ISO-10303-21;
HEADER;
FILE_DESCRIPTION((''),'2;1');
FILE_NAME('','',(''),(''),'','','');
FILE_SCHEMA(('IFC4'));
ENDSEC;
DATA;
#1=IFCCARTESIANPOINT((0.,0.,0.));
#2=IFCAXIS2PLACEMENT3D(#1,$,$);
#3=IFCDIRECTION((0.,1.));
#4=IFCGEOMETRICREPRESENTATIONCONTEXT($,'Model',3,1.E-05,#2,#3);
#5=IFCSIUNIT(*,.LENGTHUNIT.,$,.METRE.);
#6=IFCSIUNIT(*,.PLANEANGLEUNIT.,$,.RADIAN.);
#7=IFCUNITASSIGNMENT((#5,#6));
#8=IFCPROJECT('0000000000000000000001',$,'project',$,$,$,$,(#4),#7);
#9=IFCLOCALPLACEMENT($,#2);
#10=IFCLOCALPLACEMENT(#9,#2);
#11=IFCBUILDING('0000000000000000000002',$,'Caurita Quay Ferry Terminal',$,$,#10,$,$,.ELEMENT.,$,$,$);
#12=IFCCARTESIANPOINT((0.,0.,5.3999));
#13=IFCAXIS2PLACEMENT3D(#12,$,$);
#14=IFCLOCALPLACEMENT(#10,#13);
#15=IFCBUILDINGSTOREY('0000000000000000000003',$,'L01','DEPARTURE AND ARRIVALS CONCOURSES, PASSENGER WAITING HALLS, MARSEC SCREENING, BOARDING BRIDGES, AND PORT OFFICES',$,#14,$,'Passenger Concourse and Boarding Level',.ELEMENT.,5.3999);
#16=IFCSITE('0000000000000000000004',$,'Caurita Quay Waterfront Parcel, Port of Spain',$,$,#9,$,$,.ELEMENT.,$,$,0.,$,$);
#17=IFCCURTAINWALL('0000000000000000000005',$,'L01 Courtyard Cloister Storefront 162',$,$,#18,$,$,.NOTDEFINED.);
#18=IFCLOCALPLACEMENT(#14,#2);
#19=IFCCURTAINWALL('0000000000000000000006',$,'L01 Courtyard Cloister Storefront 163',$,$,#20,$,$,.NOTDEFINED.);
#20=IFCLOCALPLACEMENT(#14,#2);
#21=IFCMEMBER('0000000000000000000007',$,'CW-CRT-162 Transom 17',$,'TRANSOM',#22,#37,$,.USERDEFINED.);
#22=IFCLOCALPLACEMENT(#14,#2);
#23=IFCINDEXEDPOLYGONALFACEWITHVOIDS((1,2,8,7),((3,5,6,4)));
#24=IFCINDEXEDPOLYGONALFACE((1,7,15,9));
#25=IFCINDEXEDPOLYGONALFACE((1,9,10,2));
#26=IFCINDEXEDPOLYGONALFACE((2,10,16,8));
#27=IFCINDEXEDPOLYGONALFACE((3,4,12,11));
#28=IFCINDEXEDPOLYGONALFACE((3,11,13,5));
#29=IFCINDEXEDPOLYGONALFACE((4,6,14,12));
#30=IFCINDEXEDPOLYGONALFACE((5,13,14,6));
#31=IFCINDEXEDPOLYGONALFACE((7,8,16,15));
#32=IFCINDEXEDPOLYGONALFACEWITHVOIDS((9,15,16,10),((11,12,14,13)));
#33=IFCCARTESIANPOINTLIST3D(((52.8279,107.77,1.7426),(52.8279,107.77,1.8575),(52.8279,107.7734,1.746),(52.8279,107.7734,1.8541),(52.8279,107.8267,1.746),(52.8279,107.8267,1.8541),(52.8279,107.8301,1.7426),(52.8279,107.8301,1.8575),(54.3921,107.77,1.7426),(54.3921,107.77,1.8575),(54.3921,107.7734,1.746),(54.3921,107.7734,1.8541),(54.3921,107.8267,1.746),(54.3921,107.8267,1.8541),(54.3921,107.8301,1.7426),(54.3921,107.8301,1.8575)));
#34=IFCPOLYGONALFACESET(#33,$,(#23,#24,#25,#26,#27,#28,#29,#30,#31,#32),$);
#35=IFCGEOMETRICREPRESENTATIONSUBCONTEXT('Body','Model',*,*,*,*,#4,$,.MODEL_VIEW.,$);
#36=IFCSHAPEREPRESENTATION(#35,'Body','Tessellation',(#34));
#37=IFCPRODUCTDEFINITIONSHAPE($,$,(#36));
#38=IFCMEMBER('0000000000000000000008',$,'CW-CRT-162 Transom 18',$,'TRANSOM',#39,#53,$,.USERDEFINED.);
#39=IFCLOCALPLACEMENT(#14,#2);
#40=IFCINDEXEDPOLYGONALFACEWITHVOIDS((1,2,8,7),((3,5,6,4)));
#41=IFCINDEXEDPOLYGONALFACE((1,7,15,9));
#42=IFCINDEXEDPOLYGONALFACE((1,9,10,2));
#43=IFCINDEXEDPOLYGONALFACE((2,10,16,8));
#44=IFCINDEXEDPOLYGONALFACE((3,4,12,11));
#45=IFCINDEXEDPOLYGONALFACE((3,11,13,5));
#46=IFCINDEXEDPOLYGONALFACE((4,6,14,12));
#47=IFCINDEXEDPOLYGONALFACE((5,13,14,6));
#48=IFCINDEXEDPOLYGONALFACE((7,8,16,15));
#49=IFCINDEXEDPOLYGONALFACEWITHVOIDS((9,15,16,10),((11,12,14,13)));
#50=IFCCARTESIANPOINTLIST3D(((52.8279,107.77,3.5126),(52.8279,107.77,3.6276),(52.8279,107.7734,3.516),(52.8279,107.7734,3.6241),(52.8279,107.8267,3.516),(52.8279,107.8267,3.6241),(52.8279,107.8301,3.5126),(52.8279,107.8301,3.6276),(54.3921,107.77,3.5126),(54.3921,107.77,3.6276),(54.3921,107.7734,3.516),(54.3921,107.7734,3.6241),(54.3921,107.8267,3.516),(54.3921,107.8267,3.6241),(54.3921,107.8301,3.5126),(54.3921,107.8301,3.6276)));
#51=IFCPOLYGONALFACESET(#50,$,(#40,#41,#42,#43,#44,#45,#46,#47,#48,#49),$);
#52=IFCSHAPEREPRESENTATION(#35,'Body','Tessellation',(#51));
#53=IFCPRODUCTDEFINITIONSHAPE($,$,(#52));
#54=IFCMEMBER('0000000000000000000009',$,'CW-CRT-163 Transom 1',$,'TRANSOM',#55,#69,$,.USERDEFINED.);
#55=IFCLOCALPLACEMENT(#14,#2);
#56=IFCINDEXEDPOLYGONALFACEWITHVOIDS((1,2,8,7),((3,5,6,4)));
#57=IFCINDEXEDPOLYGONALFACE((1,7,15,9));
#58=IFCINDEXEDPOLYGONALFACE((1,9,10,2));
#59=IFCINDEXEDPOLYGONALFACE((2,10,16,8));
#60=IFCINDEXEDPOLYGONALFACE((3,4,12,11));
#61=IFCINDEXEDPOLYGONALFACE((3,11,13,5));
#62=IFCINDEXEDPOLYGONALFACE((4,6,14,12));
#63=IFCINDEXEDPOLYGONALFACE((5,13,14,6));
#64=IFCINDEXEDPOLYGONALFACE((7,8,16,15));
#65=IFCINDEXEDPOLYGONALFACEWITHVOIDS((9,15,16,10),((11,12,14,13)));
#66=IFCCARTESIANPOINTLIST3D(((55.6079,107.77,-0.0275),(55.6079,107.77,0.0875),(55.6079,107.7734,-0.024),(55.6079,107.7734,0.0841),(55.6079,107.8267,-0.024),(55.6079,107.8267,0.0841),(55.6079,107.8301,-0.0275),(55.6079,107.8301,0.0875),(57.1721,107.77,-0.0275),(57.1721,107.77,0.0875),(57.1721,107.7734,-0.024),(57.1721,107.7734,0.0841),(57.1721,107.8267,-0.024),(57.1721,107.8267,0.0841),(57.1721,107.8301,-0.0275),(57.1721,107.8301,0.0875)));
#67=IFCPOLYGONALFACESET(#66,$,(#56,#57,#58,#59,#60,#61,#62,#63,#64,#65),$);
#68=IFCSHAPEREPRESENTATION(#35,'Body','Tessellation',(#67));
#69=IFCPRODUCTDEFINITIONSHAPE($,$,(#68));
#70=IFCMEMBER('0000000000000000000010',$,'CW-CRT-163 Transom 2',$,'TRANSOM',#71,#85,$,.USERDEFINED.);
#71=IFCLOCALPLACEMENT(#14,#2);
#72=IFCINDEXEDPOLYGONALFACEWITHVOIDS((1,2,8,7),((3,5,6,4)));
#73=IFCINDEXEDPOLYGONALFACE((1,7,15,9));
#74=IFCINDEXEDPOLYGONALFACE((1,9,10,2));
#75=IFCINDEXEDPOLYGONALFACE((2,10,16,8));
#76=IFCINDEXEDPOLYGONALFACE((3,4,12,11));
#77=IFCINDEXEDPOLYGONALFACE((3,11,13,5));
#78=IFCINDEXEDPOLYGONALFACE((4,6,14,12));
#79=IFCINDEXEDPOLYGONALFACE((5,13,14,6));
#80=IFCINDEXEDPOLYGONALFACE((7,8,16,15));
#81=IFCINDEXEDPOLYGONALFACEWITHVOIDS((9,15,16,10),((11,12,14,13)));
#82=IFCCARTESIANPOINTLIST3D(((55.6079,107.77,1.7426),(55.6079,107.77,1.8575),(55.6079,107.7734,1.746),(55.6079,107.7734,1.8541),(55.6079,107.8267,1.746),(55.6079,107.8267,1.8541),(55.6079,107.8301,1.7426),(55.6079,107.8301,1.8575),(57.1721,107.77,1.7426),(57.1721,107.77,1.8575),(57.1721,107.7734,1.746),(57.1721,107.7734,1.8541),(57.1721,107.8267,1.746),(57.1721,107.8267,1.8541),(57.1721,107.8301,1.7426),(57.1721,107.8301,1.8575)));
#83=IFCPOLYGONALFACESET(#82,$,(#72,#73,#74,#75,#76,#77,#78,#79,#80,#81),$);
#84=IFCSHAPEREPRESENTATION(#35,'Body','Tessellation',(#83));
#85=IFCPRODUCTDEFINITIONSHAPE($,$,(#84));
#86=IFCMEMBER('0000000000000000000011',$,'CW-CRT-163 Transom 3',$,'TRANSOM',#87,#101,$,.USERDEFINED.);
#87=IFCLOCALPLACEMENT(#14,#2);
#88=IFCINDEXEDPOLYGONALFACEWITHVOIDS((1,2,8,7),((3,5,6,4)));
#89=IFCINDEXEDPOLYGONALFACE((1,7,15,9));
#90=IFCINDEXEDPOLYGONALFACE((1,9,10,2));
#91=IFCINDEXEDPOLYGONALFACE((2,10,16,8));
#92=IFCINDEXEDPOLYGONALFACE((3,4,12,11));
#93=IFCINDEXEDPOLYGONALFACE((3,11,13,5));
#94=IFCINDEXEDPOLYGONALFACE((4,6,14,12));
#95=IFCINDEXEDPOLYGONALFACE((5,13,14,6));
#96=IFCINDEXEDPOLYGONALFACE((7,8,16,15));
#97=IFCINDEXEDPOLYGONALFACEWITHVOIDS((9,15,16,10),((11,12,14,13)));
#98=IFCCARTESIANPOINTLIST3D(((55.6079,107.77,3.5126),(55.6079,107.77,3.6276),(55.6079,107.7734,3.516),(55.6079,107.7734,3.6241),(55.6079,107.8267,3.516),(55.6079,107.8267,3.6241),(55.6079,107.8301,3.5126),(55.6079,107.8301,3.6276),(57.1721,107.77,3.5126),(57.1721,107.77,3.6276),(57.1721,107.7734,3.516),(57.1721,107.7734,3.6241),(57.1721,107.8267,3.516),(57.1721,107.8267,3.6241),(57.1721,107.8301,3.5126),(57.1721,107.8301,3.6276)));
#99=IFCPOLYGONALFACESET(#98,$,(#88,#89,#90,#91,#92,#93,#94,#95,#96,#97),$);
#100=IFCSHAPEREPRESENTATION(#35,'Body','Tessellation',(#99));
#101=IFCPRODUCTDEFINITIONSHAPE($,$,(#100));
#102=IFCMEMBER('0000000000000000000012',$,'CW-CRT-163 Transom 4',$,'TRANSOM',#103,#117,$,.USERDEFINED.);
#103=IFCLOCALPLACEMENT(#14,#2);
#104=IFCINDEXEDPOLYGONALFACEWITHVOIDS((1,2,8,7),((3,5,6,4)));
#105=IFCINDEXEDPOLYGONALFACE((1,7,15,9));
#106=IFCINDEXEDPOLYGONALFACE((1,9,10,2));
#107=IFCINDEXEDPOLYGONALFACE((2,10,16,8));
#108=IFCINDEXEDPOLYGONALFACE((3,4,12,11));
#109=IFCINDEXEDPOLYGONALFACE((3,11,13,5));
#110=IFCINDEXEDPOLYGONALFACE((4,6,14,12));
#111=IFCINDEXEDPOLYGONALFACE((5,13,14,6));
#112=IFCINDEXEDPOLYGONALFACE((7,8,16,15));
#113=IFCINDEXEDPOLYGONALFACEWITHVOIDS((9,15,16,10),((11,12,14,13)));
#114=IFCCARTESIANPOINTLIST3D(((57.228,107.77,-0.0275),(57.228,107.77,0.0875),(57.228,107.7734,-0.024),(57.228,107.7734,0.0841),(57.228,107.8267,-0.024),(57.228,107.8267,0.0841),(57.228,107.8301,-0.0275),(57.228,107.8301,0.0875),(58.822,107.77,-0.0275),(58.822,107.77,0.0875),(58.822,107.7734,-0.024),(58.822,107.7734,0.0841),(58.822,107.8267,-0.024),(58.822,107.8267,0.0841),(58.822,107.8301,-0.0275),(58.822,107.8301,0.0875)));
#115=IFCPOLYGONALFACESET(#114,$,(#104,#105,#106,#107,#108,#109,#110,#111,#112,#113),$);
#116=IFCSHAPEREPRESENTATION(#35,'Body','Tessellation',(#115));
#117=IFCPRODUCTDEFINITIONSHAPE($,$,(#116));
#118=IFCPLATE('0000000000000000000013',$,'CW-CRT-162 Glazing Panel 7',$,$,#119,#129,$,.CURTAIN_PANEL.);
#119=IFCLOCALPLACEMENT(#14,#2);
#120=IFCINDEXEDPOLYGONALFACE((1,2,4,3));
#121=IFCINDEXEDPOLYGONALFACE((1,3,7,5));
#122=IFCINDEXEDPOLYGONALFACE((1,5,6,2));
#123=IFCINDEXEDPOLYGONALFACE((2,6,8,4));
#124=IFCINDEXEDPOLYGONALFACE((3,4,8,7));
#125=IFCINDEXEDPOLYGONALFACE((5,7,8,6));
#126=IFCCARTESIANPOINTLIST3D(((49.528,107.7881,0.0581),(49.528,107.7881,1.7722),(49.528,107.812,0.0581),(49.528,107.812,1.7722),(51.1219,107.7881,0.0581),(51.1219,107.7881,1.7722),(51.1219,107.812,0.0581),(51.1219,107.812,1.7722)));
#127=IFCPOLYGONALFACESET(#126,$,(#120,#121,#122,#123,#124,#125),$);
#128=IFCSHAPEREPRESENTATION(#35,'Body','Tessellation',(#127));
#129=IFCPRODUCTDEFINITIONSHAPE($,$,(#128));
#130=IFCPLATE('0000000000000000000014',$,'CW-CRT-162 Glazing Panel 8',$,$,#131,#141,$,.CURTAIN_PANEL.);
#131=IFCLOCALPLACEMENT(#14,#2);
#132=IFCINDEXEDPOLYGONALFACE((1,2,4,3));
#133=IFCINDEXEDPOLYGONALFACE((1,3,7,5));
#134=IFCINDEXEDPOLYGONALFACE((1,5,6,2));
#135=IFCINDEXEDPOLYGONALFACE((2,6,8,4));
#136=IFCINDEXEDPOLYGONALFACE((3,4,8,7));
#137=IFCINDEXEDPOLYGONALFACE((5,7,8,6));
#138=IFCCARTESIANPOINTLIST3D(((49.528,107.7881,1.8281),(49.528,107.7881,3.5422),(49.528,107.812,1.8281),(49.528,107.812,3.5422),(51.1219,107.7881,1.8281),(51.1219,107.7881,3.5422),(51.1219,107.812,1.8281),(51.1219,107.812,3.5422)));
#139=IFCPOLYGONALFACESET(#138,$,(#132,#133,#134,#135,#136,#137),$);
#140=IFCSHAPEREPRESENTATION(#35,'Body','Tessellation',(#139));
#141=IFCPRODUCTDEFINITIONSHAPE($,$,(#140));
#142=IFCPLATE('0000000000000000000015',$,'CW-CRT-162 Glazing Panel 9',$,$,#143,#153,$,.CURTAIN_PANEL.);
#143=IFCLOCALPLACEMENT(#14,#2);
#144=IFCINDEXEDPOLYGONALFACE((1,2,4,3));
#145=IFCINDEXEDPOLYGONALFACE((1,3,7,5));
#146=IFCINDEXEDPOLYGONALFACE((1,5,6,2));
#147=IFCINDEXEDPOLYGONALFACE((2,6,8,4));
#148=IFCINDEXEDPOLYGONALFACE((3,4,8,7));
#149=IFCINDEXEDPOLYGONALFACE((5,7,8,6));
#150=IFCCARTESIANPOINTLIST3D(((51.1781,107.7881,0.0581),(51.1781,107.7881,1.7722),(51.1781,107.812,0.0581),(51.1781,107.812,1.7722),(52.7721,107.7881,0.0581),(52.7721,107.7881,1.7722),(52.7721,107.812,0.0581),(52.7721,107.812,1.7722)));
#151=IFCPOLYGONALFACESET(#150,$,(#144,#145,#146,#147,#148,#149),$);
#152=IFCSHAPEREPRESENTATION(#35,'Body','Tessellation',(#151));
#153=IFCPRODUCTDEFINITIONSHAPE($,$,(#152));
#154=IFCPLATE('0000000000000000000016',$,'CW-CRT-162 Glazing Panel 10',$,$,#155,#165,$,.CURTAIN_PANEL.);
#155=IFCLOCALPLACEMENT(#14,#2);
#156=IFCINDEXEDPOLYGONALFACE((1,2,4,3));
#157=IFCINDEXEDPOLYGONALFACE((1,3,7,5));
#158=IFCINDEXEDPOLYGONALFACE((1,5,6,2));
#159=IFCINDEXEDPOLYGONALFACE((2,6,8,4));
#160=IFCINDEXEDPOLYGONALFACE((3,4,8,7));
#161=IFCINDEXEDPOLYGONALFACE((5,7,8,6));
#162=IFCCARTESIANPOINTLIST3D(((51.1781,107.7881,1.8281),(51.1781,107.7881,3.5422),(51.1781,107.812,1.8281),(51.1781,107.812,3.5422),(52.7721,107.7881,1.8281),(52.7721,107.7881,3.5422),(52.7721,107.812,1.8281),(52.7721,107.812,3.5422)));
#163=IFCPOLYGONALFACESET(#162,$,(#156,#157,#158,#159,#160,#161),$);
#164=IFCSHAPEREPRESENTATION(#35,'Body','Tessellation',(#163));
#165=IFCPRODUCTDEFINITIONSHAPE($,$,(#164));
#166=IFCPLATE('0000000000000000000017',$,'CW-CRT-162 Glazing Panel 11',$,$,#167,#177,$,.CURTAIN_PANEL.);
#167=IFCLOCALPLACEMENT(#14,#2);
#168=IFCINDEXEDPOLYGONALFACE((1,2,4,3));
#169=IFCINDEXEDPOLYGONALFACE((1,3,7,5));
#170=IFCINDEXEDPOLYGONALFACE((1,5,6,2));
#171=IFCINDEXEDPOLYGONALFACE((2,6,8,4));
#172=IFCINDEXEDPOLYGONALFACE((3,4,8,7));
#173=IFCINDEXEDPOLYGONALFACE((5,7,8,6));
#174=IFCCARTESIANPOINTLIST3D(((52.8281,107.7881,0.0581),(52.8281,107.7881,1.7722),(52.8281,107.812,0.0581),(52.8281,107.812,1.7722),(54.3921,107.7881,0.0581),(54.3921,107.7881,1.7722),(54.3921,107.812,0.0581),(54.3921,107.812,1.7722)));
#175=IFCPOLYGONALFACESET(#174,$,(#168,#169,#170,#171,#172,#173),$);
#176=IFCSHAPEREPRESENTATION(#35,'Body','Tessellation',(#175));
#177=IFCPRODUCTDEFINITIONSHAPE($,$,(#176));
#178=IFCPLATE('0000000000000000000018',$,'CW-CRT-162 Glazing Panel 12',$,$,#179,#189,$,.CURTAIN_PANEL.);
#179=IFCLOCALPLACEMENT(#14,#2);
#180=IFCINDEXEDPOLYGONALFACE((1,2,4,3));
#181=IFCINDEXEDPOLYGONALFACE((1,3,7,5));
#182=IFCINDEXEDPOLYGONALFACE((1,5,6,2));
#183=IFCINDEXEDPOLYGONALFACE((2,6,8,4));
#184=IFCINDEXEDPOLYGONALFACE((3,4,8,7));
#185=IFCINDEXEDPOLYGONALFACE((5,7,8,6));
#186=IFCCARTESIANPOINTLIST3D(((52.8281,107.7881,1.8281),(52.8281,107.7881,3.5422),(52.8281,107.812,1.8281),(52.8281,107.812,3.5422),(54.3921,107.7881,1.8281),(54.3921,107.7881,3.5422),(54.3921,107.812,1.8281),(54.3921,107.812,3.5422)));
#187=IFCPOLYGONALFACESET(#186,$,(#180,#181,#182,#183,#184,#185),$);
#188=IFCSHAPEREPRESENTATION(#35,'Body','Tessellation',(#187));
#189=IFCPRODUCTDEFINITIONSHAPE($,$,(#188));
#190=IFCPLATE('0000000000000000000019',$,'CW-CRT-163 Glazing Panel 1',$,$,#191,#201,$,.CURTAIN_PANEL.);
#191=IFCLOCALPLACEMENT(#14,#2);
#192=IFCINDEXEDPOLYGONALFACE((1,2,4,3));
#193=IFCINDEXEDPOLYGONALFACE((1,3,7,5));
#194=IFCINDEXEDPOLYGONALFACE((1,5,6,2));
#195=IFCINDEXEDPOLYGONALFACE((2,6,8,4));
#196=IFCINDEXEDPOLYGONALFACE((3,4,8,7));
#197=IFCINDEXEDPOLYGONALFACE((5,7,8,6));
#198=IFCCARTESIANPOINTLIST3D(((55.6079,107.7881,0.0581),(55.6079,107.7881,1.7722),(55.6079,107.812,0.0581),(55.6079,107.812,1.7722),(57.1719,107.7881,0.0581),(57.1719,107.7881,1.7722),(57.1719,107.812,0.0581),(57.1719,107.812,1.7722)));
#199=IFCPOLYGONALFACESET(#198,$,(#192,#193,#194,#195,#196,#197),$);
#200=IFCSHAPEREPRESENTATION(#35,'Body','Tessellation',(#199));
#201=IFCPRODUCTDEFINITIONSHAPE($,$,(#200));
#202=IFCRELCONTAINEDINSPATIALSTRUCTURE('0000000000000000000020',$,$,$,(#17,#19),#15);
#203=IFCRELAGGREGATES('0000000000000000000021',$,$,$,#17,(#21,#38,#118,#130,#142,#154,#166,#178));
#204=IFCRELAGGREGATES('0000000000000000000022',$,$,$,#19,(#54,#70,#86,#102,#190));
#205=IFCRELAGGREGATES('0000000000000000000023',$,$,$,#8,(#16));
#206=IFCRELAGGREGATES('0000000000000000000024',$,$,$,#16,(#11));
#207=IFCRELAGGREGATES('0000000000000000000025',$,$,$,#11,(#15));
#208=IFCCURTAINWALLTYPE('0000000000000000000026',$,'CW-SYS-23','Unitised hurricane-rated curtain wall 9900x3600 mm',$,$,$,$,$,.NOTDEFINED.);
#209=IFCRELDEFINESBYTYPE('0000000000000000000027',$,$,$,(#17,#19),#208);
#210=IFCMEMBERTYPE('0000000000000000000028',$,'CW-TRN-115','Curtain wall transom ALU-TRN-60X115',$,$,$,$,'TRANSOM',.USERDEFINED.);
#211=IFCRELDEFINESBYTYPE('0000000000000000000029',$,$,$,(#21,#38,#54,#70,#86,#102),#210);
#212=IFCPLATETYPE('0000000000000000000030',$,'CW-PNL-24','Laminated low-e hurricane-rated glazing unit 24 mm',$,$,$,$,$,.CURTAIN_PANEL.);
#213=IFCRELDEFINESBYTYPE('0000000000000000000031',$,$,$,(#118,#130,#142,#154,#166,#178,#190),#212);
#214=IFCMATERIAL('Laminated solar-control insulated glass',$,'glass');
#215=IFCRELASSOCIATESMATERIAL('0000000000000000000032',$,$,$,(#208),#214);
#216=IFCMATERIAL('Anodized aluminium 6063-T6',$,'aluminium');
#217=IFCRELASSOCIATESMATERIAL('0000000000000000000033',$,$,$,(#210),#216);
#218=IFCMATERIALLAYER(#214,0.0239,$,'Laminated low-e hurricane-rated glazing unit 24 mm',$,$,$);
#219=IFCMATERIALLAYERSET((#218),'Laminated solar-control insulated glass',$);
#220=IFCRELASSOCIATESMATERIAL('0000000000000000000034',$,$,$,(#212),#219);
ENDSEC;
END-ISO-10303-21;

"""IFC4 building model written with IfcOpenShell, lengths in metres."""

from ifc_helpers import new_model, si_unit, direction, frame, origin, origin_2d, place, context, subcontext, project, spatial, rectangle, hollow_rectangle, extrude, material, layer, layer_set, material_profile, profile_set, type_object, element, aggregate, save


model = new_model("IFC4")

# Units and contexts
model_context = context("Model", 3, precision=1e-05, world=origin(), true_north=direction((0.0, 1.0)))
body_context = subcontext(model_context, "Body", "Model", "MODEL_VIEW")
ifc_project = project(units=[si_unit("LENGTHUNIT", "METRE"), si_unit("PLANEANGLEUNIT", "RADIAN")], contexts=[model_context])

# Site, building, storey
site_placement = place(None, origin())
site = spatial("IfcSite", under=ifc_project, at=site_placement, Name="Caurita Quay Waterfront Parcel, Port of Spain", CompositionType="ELEMENT", RefElevation=0.0)
building_placement = place(site_placement, origin())
building = spatial("IfcBuilding", under=site, at=building_placement, Name="Caurita Quay Ferry Terminal", CompositionType="ELEMENT")
storey_placement = place(building_placement, frame((0.0, 0.0, 5.3999)))
storey = spatial("IfcBuildingStorey", under=building, at=storey_placement, Name="L01", Description="DEPARTURE AND ARRIVALS CONCOURSES, PASSENGER WAITING HALLS, MARSEC SCREENING, BOARDING BRIDGES, AND PORT OFFICES", LongName="Passenger Concourse and Boarding Level", CompositionType="ELEMENT", Elevation=5.3999)

# Curtain walls
ifc_material_1 = material(Name="Laminated solar-control insulated glass", Category="glass")
curtain_wall_type = type_object("IfcCurtainWallType", Name="CW-SYS-23", Description="Unitised hurricane-rated curtain wall 9900x3600 mm", PredefinedType="NOTDEFINED", material=ifc_material_1)
curtain_wall_1_placement = place(storey_placement, origin())
curtain_wall_1 = element("IfcCurtainWall", 1, at=curtain_wall_1_placement, inside=storey, type_object=curtain_wall_type, Name="L01 Courtyard Cloister Storefront 162", PredefinedType="NOTDEFINED")
ifc_material_2 = material(Name="Anodized aluminium 6063-T6", Category="aluminium")
curtain_wall_2_placement = place(storey_placement, origin())
curtain_wall_2 = element("IfcCurtainWall", 2, at=curtain_wall_2_placement, inside=storey, type_object=curtain_wall_type, Name="L01 Courtyard Cloister Storefront 163", PredefinedType="NOTDEFINED")

# Members
ifc_material_profile_1 = material_profile(ifc_material_2, hollow_rectangle(XDim=0.0601, YDim=0.115, WallThickness=0.0034, at=origin_2d()), Name="ALU-TRN-60X115")
ifc_profile_set_1 = profile_set([ifc_material_profile_1], Name="Anodized aluminium 6063-T6")
member_type_1 = type_object("IfcMemberType", Name="CW-TRN-115", Description="Curtain wall transom ALU-TRN-60X115", ElementType="TRANSOM", PredefinedType="USERDEFINED", material=ifc_profile_set_1)
member_1_placement = place(storey_placement, frame((52.8279, 107.8, 1.8), z_axis=(1.0, 0.0, 0.0), x_axis=(0.0, 1.0, 0.0)))
member_1 = element("IfcMember", 3, at=member_1_placement, type_object=member_type_1, Name="CW-CRT-162 Transom 17", ObjectType="TRANSOM", PredefinedType="USERDEFINED", context=body_context, shape_type="SweptSolid", body=[
    extrude(hollow_rectangle(XDim=0.0601, YDim=0.115, WallThickness=0.0034, at=origin_2d()), origin(), (0.0, 0.0, 1.0), 1.5642),
])
member_2_placement = place(storey_placement, frame((52.8279, 107.8, 3.5701), z_axis=(1.0, 0.0, 0.0), x_axis=(0.0, 1.0, 0.0)))
member_2 = element("IfcMember", 4, at=member_2_placement, type_object=member_type_1, Name="CW-CRT-162 Transom 18", ObjectType="TRANSOM", PredefinedType="USERDEFINED", context=body_context, shape_type="SweptSolid", body=[
    extrude(hollow_rectangle(XDim=0.0601, YDim=0.115, WallThickness=0.0034, at=origin_2d()), origin(), (0.0, 0.0, 1.0), 1.5642),
])
member_3_placement = place(storey_placement, frame((55.6079, 107.8, 0.03), z_axis=(1.0, 0.0, 0.0), x_axis=(0.0, 1.0, 0.0)))
member_3 = element("IfcMember", 5, at=member_3_placement, type_object=member_type_1, Name="CW-CRT-163 Transom 1", ObjectType="TRANSOM", PredefinedType="USERDEFINED", context=body_context, shape_type="SweptSolid", body=[
    extrude(hollow_rectangle(XDim=0.0601, YDim=0.115, WallThickness=0.0034, at=origin_2d()), origin(), (0.0, 0.0, 1.0), 1.5642),
])
member_4_placement = place(storey_placement, frame((55.6079, 107.8, 1.8), z_axis=(1.0, 0.0, 0.0), x_axis=(0.0, 1.0, 0.0)))
member_4 = element("IfcMember", 6, at=member_4_placement, type_object=member_type_1, Name="CW-CRT-163 Transom 2", ObjectType="TRANSOM", PredefinedType="USERDEFINED", context=body_context, shape_type="SweptSolid", body=[
    extrude(hollow_rectangle(XDim=0.0601, YDim=0.115, WallThickness=0.0034, at=origin_2d()), origin(), (0.0, 0.0, 1.0), 1.5642),
])
member_5_placement = place(storey_placement, frame((55.6079, 107.8, 3.5701), z_axis=(1.0, 0.0, 0.0), x_axis=(0.0, 1.0, 0.0)))
member_5 = element("IfcMember", 7, at=member_5_placement, type_object=member_type_1, Name="CW-CRT-163 Transom 3", ObjectType="TRANSOM", PredefinedType="USERDEFINED", context=body_context, shape_type="SweptSolid", body=[
    extrude(hollow_rectangle(XDim=0.0601, YDim=0.115, WallThickness=0.0034, at=origin_2d()), origin(), (0.0, 0.0, 1.0), 1.5642),
])
member_6_placement = place(storey_placement, frame((57.228, 107.8, 0.03), z_axis=(1.0, 0.0, 0.0), x_axis=(0.0, 1.0, 0.0)))
member_6 = element("IfcMember", 8, at=member_6_placement, type_object=member_type_1, Name="CW-CRT-163 Transom 4", ObjectType="TRANSOM", PredefinedType="USERDEFINED", context=body_context, shape_type="SweptSolid", body=[
    extrude(hollow_rectangle(XDim=0.0601, YDim=0.115, WallThickness=0.0034, at=origin_2d()), origin(), (0.0, 0.0, 1.0), 1.594),
])

# Plates
ifc_layer_1 = layer(ifc_material_1, 0.0239, Name="Laminated low-e hurricane-rated glazing unit 24 mm")
ifc_layer_set_1 = layer_set([ifc_layer_1], Name="Laminated solar-control insulated glass")
plate_type = type_object("IfcPlateType", Name="CW-PNL-24", Description="Laminated low-e hurricane-rated glazing unit 24 mm", PredefinedType="CURTAIN_PANEL", material=ifc_layer_set_1)
plate_1_placement = place(storey_placement, frame((50.325, 107.8, 0.0581), z_axis=(0.0, 0.0, 1.0), x_axis=(1.0, 0.0, 0.0)))
plate_1 = element("IfcPlate", 9, at=plate_1_placement, type_object=plate_type, Name="CW-CRT-162 Glazing Panel 7", PredefinedType="CURTAIN_PANEL", context=body_context, shape_type="SweptSolid", body=[
    extrude(rectangle(XDim=1.594, YDim=0.0239, at=origin_2d()), origin(), (0.0, 0.0, 1.0), 1.7141),
])
plate_2_placement = place(storey_placement, frame((50.325, 107.8, 1.8281), z_axis=(0.0, 0.0, 1.0), x_axis=(1.0, 0.0, 0.0)))
plate_2 = element("IfcPlate", 10, at=plate_2_placement, type_object=plate_type, Name="CW-CRT-162 Glazing Panel 8", PredefinedType="CURTAIN_PANEL", context=body_context, shape_type="SweptSolid", body=[
    extrude(rectangle(XDim=1.594, YDim=0.0239, at=origin_2d()), origin(), (0.0, 0.0, 1.0), 1.7141),
])
plate_3_placement = place(storey_placement, frame((51.9751, 107.8, 0.0581), z_axis=(0.0, 0.0, 1.0), x_axis=(1.0, 0.0, 0.0)))
plate_3 = element("IfcPlate", 11, at=plate_3_placement, type_object=plate_type, Name="CW-CRT-162 Glazing Panel 9", PredefinedType="CURTAIN_PANEL", context=body_context, shape_type="SweptSolid", body=[
    extrude(rectangle(XDim=1.594, YDim=0.0239, at=origin_2d()), origin(), (0.0, 0.0, 1.0), 1.7141),
])
plate_4_placement = place(storey_placement, frame((51.9751, 107.8, 1.8281), z_axis=(0.0, 0.0, 1.0), x_axis=(1.0, 0.0, 0.0)))
plate_4 = element("IfcPlate", 12, at=plate_4_placement, type_object=plate_type, Name="CW-CRT-162 Glazing Panel 10", PredefinedType="CURTAIN_PANEL", context=body_context, shape_type="SweptSolid", body=[
    extrude(rectangle(XDim=1.594, YDim=0.0239, at=origin_2d()), origin(), (0.0, 0.0, 1.0), 1.7141),
])
plate_5_placement = place(storey_placement, frame((53.6101, 107.8, 0.0581), z_axis=(0.0, 0.0, 1.0), x_axis=(1.0, 0.0, 0.0)))
plate_5 = element("IfcPlate", 13, at=plate_5_placement, type_object=plate_type, Name="CW-CRT-162 Glazing Panel 11", PredefinedType="CURTAIN_PANEL", context=body_context, shape_type="SweptSolid", body=[
    extrude(rectangle(XDim=1.564, YDim=0.0239, at=origin_2d()), origin(), (0.0, 0.0, 1.0), 1.7141),
])
plate_6_placement = place(storey_placement, frame((53.6101, 107.8, 1.8281), z_axis=(0.0, 0.0, 1.0), x_axis=(1.0, 0.0, 0.0)))
plate_6 = element("IfcPlate", 14, at=plate_6_placement, type_object=plate_type, Name="CW-CRT-162 Glazing Panel 12", PredefinedType="CURTAIN_PANEL", context=body_context, shape_type="SweptSolid", body=[
    extrude(rectangle(XDim=1.564, YDim=0.0239, at=origin_2d()), origin(), (0.0, 0.0, 1.0), 1.7141),
])
aggregate(curtain_wall_1, [member_1, member_2, plate_1, plate_2, plate_3, plate_4, plate_5, plate_6])
plate_7_placement = place(storey_placement, frame((56.3899, 107.8, 0.0581), z_axis=(0.0, 0.0, 1.0), x_axis=(1.0, 0.0, 0.0)))
plate_7 = element("IfcPlate", 15, at=plate_7_placement, type_object=plate_type, Name="CW-CRT-163 Glazing Panel 1", PredefinedType="CURTAIN_PANEL", context=body_context, shape_type="SweptSolid", body=[
    extrude(rectangle(XDim=1.564, YDim=0.0239, at=origin_2d()), origin(), (0.0, 0.0, 1.0), 1.7141),
])
aggregate(curtain_wall_2, [member_3, member_4, member_5, member_6, plate_7])

save(model, "model.ifc")
